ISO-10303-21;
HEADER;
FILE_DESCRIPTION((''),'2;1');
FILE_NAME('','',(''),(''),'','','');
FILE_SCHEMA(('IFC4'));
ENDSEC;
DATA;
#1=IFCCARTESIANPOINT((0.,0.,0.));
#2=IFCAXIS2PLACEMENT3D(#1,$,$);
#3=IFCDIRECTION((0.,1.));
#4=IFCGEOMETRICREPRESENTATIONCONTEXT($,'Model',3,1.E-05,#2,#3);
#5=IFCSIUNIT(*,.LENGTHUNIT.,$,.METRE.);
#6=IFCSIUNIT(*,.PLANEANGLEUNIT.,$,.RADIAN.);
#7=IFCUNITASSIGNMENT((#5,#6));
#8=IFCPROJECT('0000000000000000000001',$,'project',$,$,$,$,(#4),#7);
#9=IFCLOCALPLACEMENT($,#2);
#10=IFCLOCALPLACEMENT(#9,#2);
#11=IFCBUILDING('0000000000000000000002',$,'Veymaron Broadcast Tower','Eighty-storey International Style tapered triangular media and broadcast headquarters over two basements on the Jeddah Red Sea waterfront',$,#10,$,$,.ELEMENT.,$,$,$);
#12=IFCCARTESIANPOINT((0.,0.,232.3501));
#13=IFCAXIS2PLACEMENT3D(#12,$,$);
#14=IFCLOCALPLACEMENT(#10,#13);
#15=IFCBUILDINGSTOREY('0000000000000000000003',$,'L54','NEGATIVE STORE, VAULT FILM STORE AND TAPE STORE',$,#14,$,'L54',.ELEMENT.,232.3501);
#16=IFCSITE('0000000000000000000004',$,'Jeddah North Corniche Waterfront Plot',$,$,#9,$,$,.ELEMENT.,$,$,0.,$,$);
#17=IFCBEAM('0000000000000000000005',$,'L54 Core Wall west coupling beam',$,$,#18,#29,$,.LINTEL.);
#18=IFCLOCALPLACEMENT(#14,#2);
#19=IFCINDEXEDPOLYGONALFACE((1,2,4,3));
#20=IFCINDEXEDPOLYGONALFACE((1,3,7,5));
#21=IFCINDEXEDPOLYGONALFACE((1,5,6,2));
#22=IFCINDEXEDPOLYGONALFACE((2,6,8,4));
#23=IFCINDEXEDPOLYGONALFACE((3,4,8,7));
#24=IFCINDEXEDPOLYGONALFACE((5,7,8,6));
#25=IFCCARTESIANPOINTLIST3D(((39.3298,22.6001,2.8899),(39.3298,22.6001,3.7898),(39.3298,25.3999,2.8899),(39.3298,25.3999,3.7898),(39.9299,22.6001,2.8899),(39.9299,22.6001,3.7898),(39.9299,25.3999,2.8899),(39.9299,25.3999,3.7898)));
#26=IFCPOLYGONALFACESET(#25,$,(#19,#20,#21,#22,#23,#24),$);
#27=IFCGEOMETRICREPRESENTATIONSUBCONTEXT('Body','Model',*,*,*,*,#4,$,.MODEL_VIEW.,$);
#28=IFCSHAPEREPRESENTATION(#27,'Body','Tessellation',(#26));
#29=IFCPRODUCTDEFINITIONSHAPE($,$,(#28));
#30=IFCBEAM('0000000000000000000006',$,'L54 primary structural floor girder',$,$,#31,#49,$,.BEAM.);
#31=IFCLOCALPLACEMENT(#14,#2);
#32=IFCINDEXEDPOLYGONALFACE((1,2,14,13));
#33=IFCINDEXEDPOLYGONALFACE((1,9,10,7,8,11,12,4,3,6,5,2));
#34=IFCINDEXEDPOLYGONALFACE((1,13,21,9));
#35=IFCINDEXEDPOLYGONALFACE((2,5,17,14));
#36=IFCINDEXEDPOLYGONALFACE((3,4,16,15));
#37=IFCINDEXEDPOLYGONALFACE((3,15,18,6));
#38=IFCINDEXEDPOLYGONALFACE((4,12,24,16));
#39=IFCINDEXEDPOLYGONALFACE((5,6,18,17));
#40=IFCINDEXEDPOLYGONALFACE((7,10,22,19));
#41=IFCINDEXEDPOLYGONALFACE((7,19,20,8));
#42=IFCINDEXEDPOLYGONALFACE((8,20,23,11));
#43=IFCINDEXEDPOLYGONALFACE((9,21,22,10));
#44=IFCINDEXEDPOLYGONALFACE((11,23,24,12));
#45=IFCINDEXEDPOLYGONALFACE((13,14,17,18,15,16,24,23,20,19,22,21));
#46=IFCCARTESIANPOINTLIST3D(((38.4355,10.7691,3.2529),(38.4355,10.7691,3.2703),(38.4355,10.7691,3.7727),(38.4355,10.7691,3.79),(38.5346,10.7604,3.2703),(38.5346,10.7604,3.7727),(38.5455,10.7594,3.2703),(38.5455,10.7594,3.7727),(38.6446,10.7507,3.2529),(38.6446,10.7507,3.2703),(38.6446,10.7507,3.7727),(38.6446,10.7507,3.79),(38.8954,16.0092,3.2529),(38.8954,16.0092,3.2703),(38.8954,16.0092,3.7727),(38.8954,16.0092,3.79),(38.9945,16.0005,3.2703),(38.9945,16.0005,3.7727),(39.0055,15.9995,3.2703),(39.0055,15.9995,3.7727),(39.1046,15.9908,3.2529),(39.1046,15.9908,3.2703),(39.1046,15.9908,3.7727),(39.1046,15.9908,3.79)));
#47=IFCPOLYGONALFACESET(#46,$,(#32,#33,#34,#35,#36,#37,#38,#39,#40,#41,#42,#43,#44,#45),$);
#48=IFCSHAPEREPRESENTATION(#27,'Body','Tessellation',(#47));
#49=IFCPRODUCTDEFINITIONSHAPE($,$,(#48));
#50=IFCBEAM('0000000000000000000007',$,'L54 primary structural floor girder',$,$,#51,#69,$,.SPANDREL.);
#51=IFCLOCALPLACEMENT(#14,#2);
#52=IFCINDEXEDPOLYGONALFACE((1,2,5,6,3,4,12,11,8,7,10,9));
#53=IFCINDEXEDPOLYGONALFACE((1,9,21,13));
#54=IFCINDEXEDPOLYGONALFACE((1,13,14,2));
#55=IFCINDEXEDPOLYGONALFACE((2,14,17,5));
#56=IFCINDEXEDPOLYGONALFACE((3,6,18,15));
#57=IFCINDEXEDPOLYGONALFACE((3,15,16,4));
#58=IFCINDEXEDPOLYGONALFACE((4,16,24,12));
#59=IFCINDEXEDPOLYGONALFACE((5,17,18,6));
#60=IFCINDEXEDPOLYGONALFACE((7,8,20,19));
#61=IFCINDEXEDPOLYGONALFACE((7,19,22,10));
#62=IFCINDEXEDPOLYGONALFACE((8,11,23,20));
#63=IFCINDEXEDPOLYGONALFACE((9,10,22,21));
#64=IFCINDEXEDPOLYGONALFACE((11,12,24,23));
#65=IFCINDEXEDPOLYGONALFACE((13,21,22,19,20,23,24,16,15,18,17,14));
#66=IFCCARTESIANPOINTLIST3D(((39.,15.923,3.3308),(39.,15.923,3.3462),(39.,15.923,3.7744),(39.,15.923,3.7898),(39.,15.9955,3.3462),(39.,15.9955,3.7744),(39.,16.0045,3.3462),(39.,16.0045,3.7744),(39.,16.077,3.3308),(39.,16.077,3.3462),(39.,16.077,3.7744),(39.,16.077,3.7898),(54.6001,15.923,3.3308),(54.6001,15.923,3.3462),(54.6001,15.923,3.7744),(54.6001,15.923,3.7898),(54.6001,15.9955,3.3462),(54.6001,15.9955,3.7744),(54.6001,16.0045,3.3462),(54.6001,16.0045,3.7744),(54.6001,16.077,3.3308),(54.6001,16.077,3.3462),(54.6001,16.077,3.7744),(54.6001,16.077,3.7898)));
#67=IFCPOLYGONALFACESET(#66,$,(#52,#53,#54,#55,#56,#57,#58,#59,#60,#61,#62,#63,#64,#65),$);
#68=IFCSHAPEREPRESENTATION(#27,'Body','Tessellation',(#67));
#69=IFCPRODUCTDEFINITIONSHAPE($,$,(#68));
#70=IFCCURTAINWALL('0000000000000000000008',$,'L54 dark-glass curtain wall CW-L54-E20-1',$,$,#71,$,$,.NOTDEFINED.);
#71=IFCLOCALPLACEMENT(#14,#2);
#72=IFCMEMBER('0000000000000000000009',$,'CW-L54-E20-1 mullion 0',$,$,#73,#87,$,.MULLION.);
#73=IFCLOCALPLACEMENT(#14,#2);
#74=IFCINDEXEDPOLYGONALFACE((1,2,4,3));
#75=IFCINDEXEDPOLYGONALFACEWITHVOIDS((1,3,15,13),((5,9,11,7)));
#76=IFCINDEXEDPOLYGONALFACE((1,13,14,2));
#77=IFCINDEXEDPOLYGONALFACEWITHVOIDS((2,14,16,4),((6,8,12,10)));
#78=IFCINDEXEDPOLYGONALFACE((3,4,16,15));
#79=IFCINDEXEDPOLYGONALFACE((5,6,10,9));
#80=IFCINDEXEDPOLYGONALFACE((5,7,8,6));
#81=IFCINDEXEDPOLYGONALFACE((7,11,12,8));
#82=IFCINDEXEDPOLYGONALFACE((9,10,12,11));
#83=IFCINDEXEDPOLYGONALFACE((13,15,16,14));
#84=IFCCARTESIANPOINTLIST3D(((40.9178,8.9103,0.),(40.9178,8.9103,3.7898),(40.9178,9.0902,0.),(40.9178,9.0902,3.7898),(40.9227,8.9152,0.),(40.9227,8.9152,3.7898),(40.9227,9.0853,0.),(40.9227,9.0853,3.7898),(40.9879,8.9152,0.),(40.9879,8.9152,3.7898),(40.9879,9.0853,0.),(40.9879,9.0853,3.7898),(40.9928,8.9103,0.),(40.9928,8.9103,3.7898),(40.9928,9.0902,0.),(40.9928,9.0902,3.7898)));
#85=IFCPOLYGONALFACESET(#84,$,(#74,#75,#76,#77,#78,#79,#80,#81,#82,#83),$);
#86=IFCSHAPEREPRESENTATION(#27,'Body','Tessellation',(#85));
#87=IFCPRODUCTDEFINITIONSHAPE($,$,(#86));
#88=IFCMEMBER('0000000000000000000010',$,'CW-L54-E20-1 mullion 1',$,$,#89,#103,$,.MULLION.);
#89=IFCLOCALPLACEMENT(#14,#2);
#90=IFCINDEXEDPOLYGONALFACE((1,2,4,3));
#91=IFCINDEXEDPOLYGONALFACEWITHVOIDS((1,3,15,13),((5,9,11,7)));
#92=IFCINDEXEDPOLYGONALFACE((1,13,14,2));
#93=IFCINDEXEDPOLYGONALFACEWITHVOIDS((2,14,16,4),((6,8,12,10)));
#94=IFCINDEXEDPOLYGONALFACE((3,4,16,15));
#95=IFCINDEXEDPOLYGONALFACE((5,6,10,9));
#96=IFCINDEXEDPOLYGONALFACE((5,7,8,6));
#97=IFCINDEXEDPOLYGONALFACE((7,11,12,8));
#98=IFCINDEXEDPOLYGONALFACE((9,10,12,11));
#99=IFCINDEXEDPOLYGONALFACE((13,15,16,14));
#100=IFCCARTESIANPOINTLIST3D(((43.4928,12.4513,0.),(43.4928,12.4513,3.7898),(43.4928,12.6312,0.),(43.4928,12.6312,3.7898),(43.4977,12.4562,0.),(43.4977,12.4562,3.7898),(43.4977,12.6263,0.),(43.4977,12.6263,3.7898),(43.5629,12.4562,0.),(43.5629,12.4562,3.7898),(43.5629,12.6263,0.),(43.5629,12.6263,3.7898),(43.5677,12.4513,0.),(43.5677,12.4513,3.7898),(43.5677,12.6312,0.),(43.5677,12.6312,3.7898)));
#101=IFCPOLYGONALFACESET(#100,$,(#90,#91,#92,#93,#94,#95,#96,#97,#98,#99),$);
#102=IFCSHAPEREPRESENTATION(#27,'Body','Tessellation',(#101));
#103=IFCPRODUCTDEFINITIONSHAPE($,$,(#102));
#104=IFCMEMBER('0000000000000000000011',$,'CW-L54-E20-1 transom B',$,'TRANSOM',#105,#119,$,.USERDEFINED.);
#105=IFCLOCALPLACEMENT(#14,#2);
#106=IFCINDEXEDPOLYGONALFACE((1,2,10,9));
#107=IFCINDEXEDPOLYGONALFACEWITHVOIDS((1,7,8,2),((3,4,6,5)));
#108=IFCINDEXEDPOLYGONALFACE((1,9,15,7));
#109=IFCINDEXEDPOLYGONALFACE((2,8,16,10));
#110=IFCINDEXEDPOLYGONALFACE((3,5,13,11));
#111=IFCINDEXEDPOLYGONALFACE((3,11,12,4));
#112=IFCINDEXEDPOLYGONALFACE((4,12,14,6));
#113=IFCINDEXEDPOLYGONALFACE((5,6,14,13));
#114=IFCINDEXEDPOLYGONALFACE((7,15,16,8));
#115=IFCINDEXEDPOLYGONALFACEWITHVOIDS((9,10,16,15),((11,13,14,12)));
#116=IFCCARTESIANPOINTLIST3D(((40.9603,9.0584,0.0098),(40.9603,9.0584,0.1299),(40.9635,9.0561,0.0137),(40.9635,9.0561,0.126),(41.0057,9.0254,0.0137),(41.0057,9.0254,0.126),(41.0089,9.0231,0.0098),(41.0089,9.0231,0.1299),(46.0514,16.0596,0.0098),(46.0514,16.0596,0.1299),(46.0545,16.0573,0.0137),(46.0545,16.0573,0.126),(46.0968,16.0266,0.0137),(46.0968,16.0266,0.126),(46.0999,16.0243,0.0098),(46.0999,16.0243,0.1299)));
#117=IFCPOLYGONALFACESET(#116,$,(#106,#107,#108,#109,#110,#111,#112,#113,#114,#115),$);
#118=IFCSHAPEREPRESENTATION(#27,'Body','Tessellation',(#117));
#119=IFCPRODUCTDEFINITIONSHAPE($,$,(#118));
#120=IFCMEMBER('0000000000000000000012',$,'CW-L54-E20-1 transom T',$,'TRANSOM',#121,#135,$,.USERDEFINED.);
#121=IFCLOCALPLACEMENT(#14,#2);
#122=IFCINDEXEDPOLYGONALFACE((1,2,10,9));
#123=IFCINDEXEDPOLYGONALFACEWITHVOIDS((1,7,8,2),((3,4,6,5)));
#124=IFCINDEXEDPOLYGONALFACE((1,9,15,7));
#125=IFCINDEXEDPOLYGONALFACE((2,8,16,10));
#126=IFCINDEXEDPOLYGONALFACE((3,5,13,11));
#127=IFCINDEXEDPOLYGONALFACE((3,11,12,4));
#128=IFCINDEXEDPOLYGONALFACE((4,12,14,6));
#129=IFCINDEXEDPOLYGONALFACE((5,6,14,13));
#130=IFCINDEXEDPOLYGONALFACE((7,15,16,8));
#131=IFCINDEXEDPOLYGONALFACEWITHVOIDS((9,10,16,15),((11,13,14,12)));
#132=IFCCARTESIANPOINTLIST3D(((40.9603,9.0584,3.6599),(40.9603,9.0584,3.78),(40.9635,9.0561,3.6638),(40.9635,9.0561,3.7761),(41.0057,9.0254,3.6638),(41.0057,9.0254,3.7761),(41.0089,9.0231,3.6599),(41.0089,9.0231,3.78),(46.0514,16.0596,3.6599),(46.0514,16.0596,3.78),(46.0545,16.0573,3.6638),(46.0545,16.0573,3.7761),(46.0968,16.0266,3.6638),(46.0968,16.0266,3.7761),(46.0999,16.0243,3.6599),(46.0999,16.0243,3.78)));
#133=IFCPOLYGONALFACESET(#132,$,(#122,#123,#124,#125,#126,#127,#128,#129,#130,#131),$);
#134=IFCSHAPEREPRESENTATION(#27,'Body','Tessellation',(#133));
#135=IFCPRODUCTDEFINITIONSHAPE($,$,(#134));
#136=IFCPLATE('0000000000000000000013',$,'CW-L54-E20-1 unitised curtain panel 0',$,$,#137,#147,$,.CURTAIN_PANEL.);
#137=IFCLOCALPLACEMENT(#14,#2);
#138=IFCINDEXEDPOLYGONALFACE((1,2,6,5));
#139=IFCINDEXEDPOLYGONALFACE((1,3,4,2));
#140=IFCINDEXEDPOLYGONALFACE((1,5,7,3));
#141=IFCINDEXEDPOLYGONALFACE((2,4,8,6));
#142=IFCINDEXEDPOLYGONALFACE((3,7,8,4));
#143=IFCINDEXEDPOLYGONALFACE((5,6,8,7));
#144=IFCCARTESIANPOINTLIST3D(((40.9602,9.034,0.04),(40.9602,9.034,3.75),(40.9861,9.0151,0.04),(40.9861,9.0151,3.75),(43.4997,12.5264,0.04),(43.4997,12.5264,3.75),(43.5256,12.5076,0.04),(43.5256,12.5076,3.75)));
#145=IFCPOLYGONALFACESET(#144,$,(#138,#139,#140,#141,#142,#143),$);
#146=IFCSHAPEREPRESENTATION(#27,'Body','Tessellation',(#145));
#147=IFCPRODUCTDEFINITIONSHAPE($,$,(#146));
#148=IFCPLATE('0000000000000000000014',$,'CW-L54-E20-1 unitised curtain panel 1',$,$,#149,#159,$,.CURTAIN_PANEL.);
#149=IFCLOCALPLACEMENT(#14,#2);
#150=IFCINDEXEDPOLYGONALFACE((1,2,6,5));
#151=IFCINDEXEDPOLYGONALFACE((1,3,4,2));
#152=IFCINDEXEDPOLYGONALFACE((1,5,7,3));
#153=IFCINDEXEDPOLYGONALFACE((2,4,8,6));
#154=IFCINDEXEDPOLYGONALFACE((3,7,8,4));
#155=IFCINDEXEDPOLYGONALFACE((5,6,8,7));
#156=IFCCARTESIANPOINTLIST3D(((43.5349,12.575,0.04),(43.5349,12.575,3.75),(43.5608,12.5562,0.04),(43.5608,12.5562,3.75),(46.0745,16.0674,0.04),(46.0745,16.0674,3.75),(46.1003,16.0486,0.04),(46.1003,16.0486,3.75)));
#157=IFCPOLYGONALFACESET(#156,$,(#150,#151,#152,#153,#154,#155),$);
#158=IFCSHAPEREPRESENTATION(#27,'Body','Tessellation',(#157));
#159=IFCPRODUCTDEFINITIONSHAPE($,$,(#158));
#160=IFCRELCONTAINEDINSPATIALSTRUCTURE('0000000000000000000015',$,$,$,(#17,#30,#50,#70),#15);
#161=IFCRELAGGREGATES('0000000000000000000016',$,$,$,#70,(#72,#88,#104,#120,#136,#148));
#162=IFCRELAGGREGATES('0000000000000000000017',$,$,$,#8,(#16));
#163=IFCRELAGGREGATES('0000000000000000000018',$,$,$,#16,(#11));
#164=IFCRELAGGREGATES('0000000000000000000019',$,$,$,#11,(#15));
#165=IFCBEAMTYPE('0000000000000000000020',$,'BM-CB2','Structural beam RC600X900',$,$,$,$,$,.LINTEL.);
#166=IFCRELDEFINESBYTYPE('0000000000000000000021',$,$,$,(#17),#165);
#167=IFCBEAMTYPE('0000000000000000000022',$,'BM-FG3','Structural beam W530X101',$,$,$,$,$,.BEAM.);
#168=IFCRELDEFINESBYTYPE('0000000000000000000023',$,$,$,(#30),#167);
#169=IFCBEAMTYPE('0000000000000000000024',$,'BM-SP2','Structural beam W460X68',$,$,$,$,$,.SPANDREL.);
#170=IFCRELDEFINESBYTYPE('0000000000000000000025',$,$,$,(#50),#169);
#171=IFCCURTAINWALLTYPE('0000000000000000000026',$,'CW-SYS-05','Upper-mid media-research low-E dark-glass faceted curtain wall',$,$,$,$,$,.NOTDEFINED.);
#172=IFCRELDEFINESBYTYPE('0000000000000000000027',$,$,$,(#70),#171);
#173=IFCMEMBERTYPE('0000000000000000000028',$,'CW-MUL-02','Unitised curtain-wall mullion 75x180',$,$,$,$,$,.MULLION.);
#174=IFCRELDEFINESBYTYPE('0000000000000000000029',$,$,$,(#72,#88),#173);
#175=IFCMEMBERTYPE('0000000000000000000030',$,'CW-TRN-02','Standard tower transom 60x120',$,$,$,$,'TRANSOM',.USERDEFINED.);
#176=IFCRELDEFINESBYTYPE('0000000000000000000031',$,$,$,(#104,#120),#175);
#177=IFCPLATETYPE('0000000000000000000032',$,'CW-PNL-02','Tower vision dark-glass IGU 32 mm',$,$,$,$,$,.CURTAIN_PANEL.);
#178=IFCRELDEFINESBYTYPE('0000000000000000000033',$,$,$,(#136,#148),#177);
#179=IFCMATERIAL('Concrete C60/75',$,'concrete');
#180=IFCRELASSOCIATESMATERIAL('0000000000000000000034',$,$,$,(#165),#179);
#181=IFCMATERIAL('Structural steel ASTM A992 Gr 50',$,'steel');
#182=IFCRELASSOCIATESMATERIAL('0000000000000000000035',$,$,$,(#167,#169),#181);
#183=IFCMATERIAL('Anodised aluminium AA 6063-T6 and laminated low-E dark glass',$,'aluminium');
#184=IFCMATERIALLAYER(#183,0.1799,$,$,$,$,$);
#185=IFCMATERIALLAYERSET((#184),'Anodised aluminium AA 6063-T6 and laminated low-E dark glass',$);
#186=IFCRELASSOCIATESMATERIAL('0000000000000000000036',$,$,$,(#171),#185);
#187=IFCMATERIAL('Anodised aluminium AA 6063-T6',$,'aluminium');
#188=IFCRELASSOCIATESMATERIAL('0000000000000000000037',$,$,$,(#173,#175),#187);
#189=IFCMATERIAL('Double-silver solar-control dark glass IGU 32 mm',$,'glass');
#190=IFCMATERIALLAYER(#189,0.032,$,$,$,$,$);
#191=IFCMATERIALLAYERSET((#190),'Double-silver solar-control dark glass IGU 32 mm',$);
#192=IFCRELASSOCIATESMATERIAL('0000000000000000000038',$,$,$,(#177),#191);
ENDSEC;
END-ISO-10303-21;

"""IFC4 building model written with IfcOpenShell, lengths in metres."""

from ifc_helpers import new_model, si_unit, direction, frame, origin, origin_2d, place, context, subcontext, project, spatial, rectangle, hollow_rectangle, i_section, extrude, material, layer, layer_set, material_profile, profile_set, type_object, element, aggregate, save


model = new_model("IFC4")

# Units and contexts
model_context = context("Model", 3, precision=1e-05, world=origin(), true_north=direction((0.0, 1.0)))
body_context = subcontext(model_context, "Body", "Model", "MODEL_VIEW")
ifc_project = project(units=[si_unit("LENGTHUNIT", "METRE"), si_unit("PLANEANGLEUNIT", "RADIAN")], contexts=[model_context])

# Site, building, storey
site_placement = place(None, origin())
site = spatial("IfcSite", under=ifc_project, at=site_placement, Name="Jeddah North Corniche Waterfront Plot", CompositionType="ELEMENT", RefElevation=0.0)
building_placement = place(site_placement, origin())
building = spatial("IfcBuilding", under=site, at=building_placement, Name="Veymaron Broadcast Tower", Description="Eighty-storey International Style tapered triangular media and broadcast headquarters over two basements on the Jeddah Red Sea waterfront", CompositionType="ELEMENT")
storey_placement = place(building_placement, frame((0.0, 0.0, 232.3501)))
storey = spatial("IfcBuildingStorey", under=building, at=storey_placement, Name="L54", Description="NEGATIVE STORE, VAULT FILM STORE AND TAPE STORE", LongName="L54", CompositionType="ELEMENT", Elevation=232.3501)

# Beams
ifc_material_1 = material(Name="Concrete C60/75", Category="concrete")
ifc_material_profile_1 = material_profile(ifc_material_1, rectangle(XDim=0.6001, YDim=0.8999, at=origin_2d()), Name="RC600X900")
ifc_profile_set_1 = profile_set([ifc_material_profile_1], Name="Concrete C60/75")
beam_type_1 = type_object("IfcBeamType", Name="BM-CB2", Description="Structural beam RC600X900", PredefinedType="LINTEL", material=ifc_profile_set_1)
beam_1_placement = place(storey_placement, frame((39.6299, 22.6001, 3.3398), z_axis=(0.0, 1.0, 0.0), x_axis=(-1.0, 0.0, 0.0)))
element("IfcBeam", 1, at=beam_1_placement, inside=storey, type_object=beam_type_1, Name="L54 Core Wall west coupling beam", PredefinedType="LINTEL", context=body_context, shape_type="SweptSolid", body=[
    extrude(rectangle(XDim=0.6001, YDim=0.8999, at=origin_2d()), origin(), (0.0, 0.0, 1.0), 2.7998),
])
ifc_material_2 = material(Name="Structural steel ASTM A992 Gr 50", Category="steel")
ifc_material_profile_2 = material_profile(ifc_material_2, i_section(OverallWidth=0.21, OverallDepth=0.5371, WebThickness=0.011, FlangeThickness=0.0173, at=origin_2d()), Name="W530X101")
ifc_profile_set_2 = profile_set([ifc_material_profile_2], Name="Structural steel ASTM A992 Gr 50")
beam_type_2 = type_object("IfcBeamType", Name="BM-FG3", Description="Structural beam W530X101", PredefinedType="BEAM", material=ifc_profile_set_2)
beam_2_placement = place(storey_placement, frame((39.0, 16.0, 3.5215), z_axis=(-0.087443, -0.99617, 0.0), x_axis=(0.99617, -0.087443, 0.0)))
element("IfcBeam", 2, at=beam_2_placement, inside=storey, type_object=beam_type_2, Name="L54 primary structural floor girder", PredefinedType="BEAM", context=body_context, shape_type="SweptSolid", body=[
    extrude(i_section(OverallWidth=0.21, OverallDepth=0.5371, WebThickness=0.011, FlangeThickness=0.0173, at=origin_2d()), origin(), (0.0, 0.0, 1.0), 5.2603),
])
ifc_material_profile_3 = material_profile(ifc_material_2, i_section(OverallWidth=0.1541, OverallDepth=0.459, WebThickness=0.009, FlangeThickness=0.0154, at=origin_2d()), Name="W460X68")
ifc_profile_set_3 = profile_set([ifc_material_profile_3], Name="Structural steel ASTM A992 Gr 50")
beam_type_3 = type_object("IfcBeamType", Name="BM-SP2", Description="Structural beam W460X68", PredefinedType="SPANDREL", material=ifc_profile_set_3)
beam_3_placement = place(storey_placement, frame((39.0, 16.0, 3.5603), z_axis=(1.0, 0.0, 0.0), x_axis=(0.0, 1.0, 0.0)))
element("IfcBeam", 3, at=beam_3_placement, inside=storey, type_object=beam_type_3, Name="L54 primary structural floor girder", PredefinedType="SPANDREL", context=body_context, shape_type="SweptSolid", body=[
    extrude(i_section(OverallWidth=0.1541, OverallDepth=0.459, WebThickness=0.009, FlangeThickness=0.0154, at=origin_2d()), origin(), (0.0, 0.0, 1.0), 15.6001),
])

# Curtain wall, members, plates
ifc_material_3 = material(Name="Anodised aluminium AA 6063-T6 and laminated low-E dark glass", Category="aluminium")
ifc_layer_1 = layer(ifc_material_3, 0.1799)
ifc_layer_set_1 = layer_set([ifc_layer_1], Name="Anodised aluminium AA 6063-T6 and laminated low-E dark glass")
curtain_wall_type = type_object("IfcCurtainWallType", Name="CW-SYS-05", Description="Upper-mid media-research low-E dark-glass faceted curtain wall", PredefinedType="NOTDEFINED", material=ifc_layer_set_1)
curtain_wall_placement = place(storey_placement, origin())
curtain_wall = element("IfcCurtainWall", 4, at=curtain_wall_placement, inside=storey, type_object=curtain_wall_type, Name="L54 dark-glass curtain wall CW-L54-E20-1", PredefinedType="NOTDEFINED")
ifc_material_4 = material(Name="Anodised aluminium AA 6063-T6", Category="aluminium")
ifc_material_profile_4 = material_profile(ifc_material_4, hollow_rectangle(XDim=0.075, YDim=0.1799, WallThickness=0.0049, at=origin_2d()), Name="AL180X75X5")
ifc_profile_set_4 = profile_set([ifc_material_profile_4], Name="Anodised aluminium AA 6063-T6")
member_type_1 = type_object("IfcMemberType", Name="CW-MUL-02", Description="Unitised curtain-wall mullion 75x180", PredefinedType="MULLION", material=ifc_profile_set_4)
member_1_placement = place(storey_placement, frame((40.9553, 9.0002, 0.0), z_axis=(0.0, 0.0, 1.0), x_axis=(1.0, 0.0, 0.0)))
member_1 = element("IfcMember", 5, at=member_1_placement, type_object=member_type_1, Name="CW-L54-E20-1 mullion 0", PredefinedType="MULLION", context=body_context, shape_type="SweptSolid", body=[
    extrude(hollow_rectangle(XDim=0.075, YDim=0.1799, WallThickness=0.0049, at=origin_2d()), origin(), (0.0, 0.0, 1.0), 3.7898),
])
member_2_placement = place(storey_placement, frame((43.5303, 12.5413, 0.0), z_axis=(0.0, 0.0, 1.0), x_axis=(1.0, 0.0, 0.0)))
member_2 = element("IfcMember", 6, at=member_2_placement, type_object=member_type_1, Name="CW-L54-E20-1 mullion 1", PredefinedType="MULLION", context=body_context, shape_type="SweptSolid", body=[
    extrude(hollow_rectangle(XDim=0.075, YDim=0.1799, WallThickness=0.0049, at=origin_2d()), origin(), (0.0, 0.0, 1.0), 3.7898),
])
ifc_material_profile_5 = material_profile(ifc_material_4, hollow_rectangle(XDim=0.0601, YDim=0.1201, WallThickness=0.0039, at=origin_2d()), Name="AL120X60X4")
ifc_profile_set_5 = profile_set([ifc_material_profile_5], Name="Anodised aluminium AA 6063-T6")
member_type_2 = type_object("IfcMemberType", Name="CW-TRN-02", Description="Standard tower transom 60x120", ElementType="TRANSOM", PredefinedType="USERDEFINED", material=ifc_profile_set_5)
member_3_placement = place(storey_placement, frame((40.9846, 9.0408, 0.0698), z_axis=(0.588116, 0.808776, 0.0), x_axis=(-0.808776, 0.588116, 0.0)))
member_3 = element("IfcMember", 7, at=member_3_placement, type_object=member_type_2, Name="CW-L54-E20-1 transom B", ObjectType="TRANSOM", PredefinedType="USERDEFINED", context=body_context, shape_type="SweptSolid", body=[
    extrude(hollow_rectangle(XDim=0.0601, YDim=0.1201, WallThickness=0.0039, at=origin_2d()), origin(), (0.0, 0.0, 1.0), 8.6565),
])
member_4_placement = place(storey_placement, frame((40.9846, 9.0408, 3.72), z_axis=(0.588116, 0.808776, 0.0), x_axis=(-0.808776, 0.588116, 0.0)))
member_4 = element("IfcMember", 8, at=member_4_placement, type_object=member_type_2, Name="CW-L54-E20-1 transom T", ObjectType="TRANSOM", PredefinedType="USERDEFINED", context=body_context, shape_type="SweptSolid", body=[
    extrude(hollow_rectangle(XDim=0.0601, YDim=0.1201, WallThickness=0.0039, at=origin_2d()), origin(), (0.0, 0.0, 1.0), 8.6565),
])
ifc_material_5 = material(Name="Double-silver solar-control dark glass IGU 32 mm", Category="glass")
ifc_layer_2 = layer(ifc_material_5, 0.032)
ifc_layer_set_2 = layer_set([ifc_layer_2], Name="Double-silver solar-control dark glass IGU 32 mm")
plate_type = type_object("IfcPlateType", Name="CW-PNL-02", Description="Tower vision dark-glass IGU 32 mm", PredefinedType="CURTAIN_PANEL", material=ifc_layer_set_2)
plate_1_placement = place(storey_placement, frame((42.2429, 10.7708, 0.04), z_axis=(0.0, 0.0, 1.0), x_axis=(0.58811, 0.808781, 0.0)))
plate_1 = element("IfcPlate", 9, at=plate_1_placement, type_object=plate_type, Name="CW-L54-E20-1 unitised curtain panel 0", PredefinedType="CURTAIN_PANEL", context=body_context, shape_type="SweptSolid", body=[
    extrude(rectangle(XDim=4.3181, YDim=0.032, at=origin_2d()), origin(), (0.0, 0.0, 1.0), 3.71),
])
plate_2_placement = place(storey_placement, frame((44.8176, 14.3118, 0.04), z_axis=(0.0, 0.0, 1.0), x_axis=(0.58811, 0.808781, 0.0)))
plate_2 = element("IfcPlate", 10, at=plate_2_placement, type_object=plate_type, Name="CW-L54-E20-1 unitised curtain panel 1", PredefinedType="CURTAIN_PANEL", context=body_context, shape_type="SweptSolid", body=[
    extrude(rectangle(XDim=4.3181, YDim=0.032, at=origin_2d()), origin(), (0.0, 0.0, 1.0), 3.71),
])
aggregate(curtain_wall, [member_1, member_2, member_3, member_4, plate_1, plate_2])

save(model, "model.ifc")
